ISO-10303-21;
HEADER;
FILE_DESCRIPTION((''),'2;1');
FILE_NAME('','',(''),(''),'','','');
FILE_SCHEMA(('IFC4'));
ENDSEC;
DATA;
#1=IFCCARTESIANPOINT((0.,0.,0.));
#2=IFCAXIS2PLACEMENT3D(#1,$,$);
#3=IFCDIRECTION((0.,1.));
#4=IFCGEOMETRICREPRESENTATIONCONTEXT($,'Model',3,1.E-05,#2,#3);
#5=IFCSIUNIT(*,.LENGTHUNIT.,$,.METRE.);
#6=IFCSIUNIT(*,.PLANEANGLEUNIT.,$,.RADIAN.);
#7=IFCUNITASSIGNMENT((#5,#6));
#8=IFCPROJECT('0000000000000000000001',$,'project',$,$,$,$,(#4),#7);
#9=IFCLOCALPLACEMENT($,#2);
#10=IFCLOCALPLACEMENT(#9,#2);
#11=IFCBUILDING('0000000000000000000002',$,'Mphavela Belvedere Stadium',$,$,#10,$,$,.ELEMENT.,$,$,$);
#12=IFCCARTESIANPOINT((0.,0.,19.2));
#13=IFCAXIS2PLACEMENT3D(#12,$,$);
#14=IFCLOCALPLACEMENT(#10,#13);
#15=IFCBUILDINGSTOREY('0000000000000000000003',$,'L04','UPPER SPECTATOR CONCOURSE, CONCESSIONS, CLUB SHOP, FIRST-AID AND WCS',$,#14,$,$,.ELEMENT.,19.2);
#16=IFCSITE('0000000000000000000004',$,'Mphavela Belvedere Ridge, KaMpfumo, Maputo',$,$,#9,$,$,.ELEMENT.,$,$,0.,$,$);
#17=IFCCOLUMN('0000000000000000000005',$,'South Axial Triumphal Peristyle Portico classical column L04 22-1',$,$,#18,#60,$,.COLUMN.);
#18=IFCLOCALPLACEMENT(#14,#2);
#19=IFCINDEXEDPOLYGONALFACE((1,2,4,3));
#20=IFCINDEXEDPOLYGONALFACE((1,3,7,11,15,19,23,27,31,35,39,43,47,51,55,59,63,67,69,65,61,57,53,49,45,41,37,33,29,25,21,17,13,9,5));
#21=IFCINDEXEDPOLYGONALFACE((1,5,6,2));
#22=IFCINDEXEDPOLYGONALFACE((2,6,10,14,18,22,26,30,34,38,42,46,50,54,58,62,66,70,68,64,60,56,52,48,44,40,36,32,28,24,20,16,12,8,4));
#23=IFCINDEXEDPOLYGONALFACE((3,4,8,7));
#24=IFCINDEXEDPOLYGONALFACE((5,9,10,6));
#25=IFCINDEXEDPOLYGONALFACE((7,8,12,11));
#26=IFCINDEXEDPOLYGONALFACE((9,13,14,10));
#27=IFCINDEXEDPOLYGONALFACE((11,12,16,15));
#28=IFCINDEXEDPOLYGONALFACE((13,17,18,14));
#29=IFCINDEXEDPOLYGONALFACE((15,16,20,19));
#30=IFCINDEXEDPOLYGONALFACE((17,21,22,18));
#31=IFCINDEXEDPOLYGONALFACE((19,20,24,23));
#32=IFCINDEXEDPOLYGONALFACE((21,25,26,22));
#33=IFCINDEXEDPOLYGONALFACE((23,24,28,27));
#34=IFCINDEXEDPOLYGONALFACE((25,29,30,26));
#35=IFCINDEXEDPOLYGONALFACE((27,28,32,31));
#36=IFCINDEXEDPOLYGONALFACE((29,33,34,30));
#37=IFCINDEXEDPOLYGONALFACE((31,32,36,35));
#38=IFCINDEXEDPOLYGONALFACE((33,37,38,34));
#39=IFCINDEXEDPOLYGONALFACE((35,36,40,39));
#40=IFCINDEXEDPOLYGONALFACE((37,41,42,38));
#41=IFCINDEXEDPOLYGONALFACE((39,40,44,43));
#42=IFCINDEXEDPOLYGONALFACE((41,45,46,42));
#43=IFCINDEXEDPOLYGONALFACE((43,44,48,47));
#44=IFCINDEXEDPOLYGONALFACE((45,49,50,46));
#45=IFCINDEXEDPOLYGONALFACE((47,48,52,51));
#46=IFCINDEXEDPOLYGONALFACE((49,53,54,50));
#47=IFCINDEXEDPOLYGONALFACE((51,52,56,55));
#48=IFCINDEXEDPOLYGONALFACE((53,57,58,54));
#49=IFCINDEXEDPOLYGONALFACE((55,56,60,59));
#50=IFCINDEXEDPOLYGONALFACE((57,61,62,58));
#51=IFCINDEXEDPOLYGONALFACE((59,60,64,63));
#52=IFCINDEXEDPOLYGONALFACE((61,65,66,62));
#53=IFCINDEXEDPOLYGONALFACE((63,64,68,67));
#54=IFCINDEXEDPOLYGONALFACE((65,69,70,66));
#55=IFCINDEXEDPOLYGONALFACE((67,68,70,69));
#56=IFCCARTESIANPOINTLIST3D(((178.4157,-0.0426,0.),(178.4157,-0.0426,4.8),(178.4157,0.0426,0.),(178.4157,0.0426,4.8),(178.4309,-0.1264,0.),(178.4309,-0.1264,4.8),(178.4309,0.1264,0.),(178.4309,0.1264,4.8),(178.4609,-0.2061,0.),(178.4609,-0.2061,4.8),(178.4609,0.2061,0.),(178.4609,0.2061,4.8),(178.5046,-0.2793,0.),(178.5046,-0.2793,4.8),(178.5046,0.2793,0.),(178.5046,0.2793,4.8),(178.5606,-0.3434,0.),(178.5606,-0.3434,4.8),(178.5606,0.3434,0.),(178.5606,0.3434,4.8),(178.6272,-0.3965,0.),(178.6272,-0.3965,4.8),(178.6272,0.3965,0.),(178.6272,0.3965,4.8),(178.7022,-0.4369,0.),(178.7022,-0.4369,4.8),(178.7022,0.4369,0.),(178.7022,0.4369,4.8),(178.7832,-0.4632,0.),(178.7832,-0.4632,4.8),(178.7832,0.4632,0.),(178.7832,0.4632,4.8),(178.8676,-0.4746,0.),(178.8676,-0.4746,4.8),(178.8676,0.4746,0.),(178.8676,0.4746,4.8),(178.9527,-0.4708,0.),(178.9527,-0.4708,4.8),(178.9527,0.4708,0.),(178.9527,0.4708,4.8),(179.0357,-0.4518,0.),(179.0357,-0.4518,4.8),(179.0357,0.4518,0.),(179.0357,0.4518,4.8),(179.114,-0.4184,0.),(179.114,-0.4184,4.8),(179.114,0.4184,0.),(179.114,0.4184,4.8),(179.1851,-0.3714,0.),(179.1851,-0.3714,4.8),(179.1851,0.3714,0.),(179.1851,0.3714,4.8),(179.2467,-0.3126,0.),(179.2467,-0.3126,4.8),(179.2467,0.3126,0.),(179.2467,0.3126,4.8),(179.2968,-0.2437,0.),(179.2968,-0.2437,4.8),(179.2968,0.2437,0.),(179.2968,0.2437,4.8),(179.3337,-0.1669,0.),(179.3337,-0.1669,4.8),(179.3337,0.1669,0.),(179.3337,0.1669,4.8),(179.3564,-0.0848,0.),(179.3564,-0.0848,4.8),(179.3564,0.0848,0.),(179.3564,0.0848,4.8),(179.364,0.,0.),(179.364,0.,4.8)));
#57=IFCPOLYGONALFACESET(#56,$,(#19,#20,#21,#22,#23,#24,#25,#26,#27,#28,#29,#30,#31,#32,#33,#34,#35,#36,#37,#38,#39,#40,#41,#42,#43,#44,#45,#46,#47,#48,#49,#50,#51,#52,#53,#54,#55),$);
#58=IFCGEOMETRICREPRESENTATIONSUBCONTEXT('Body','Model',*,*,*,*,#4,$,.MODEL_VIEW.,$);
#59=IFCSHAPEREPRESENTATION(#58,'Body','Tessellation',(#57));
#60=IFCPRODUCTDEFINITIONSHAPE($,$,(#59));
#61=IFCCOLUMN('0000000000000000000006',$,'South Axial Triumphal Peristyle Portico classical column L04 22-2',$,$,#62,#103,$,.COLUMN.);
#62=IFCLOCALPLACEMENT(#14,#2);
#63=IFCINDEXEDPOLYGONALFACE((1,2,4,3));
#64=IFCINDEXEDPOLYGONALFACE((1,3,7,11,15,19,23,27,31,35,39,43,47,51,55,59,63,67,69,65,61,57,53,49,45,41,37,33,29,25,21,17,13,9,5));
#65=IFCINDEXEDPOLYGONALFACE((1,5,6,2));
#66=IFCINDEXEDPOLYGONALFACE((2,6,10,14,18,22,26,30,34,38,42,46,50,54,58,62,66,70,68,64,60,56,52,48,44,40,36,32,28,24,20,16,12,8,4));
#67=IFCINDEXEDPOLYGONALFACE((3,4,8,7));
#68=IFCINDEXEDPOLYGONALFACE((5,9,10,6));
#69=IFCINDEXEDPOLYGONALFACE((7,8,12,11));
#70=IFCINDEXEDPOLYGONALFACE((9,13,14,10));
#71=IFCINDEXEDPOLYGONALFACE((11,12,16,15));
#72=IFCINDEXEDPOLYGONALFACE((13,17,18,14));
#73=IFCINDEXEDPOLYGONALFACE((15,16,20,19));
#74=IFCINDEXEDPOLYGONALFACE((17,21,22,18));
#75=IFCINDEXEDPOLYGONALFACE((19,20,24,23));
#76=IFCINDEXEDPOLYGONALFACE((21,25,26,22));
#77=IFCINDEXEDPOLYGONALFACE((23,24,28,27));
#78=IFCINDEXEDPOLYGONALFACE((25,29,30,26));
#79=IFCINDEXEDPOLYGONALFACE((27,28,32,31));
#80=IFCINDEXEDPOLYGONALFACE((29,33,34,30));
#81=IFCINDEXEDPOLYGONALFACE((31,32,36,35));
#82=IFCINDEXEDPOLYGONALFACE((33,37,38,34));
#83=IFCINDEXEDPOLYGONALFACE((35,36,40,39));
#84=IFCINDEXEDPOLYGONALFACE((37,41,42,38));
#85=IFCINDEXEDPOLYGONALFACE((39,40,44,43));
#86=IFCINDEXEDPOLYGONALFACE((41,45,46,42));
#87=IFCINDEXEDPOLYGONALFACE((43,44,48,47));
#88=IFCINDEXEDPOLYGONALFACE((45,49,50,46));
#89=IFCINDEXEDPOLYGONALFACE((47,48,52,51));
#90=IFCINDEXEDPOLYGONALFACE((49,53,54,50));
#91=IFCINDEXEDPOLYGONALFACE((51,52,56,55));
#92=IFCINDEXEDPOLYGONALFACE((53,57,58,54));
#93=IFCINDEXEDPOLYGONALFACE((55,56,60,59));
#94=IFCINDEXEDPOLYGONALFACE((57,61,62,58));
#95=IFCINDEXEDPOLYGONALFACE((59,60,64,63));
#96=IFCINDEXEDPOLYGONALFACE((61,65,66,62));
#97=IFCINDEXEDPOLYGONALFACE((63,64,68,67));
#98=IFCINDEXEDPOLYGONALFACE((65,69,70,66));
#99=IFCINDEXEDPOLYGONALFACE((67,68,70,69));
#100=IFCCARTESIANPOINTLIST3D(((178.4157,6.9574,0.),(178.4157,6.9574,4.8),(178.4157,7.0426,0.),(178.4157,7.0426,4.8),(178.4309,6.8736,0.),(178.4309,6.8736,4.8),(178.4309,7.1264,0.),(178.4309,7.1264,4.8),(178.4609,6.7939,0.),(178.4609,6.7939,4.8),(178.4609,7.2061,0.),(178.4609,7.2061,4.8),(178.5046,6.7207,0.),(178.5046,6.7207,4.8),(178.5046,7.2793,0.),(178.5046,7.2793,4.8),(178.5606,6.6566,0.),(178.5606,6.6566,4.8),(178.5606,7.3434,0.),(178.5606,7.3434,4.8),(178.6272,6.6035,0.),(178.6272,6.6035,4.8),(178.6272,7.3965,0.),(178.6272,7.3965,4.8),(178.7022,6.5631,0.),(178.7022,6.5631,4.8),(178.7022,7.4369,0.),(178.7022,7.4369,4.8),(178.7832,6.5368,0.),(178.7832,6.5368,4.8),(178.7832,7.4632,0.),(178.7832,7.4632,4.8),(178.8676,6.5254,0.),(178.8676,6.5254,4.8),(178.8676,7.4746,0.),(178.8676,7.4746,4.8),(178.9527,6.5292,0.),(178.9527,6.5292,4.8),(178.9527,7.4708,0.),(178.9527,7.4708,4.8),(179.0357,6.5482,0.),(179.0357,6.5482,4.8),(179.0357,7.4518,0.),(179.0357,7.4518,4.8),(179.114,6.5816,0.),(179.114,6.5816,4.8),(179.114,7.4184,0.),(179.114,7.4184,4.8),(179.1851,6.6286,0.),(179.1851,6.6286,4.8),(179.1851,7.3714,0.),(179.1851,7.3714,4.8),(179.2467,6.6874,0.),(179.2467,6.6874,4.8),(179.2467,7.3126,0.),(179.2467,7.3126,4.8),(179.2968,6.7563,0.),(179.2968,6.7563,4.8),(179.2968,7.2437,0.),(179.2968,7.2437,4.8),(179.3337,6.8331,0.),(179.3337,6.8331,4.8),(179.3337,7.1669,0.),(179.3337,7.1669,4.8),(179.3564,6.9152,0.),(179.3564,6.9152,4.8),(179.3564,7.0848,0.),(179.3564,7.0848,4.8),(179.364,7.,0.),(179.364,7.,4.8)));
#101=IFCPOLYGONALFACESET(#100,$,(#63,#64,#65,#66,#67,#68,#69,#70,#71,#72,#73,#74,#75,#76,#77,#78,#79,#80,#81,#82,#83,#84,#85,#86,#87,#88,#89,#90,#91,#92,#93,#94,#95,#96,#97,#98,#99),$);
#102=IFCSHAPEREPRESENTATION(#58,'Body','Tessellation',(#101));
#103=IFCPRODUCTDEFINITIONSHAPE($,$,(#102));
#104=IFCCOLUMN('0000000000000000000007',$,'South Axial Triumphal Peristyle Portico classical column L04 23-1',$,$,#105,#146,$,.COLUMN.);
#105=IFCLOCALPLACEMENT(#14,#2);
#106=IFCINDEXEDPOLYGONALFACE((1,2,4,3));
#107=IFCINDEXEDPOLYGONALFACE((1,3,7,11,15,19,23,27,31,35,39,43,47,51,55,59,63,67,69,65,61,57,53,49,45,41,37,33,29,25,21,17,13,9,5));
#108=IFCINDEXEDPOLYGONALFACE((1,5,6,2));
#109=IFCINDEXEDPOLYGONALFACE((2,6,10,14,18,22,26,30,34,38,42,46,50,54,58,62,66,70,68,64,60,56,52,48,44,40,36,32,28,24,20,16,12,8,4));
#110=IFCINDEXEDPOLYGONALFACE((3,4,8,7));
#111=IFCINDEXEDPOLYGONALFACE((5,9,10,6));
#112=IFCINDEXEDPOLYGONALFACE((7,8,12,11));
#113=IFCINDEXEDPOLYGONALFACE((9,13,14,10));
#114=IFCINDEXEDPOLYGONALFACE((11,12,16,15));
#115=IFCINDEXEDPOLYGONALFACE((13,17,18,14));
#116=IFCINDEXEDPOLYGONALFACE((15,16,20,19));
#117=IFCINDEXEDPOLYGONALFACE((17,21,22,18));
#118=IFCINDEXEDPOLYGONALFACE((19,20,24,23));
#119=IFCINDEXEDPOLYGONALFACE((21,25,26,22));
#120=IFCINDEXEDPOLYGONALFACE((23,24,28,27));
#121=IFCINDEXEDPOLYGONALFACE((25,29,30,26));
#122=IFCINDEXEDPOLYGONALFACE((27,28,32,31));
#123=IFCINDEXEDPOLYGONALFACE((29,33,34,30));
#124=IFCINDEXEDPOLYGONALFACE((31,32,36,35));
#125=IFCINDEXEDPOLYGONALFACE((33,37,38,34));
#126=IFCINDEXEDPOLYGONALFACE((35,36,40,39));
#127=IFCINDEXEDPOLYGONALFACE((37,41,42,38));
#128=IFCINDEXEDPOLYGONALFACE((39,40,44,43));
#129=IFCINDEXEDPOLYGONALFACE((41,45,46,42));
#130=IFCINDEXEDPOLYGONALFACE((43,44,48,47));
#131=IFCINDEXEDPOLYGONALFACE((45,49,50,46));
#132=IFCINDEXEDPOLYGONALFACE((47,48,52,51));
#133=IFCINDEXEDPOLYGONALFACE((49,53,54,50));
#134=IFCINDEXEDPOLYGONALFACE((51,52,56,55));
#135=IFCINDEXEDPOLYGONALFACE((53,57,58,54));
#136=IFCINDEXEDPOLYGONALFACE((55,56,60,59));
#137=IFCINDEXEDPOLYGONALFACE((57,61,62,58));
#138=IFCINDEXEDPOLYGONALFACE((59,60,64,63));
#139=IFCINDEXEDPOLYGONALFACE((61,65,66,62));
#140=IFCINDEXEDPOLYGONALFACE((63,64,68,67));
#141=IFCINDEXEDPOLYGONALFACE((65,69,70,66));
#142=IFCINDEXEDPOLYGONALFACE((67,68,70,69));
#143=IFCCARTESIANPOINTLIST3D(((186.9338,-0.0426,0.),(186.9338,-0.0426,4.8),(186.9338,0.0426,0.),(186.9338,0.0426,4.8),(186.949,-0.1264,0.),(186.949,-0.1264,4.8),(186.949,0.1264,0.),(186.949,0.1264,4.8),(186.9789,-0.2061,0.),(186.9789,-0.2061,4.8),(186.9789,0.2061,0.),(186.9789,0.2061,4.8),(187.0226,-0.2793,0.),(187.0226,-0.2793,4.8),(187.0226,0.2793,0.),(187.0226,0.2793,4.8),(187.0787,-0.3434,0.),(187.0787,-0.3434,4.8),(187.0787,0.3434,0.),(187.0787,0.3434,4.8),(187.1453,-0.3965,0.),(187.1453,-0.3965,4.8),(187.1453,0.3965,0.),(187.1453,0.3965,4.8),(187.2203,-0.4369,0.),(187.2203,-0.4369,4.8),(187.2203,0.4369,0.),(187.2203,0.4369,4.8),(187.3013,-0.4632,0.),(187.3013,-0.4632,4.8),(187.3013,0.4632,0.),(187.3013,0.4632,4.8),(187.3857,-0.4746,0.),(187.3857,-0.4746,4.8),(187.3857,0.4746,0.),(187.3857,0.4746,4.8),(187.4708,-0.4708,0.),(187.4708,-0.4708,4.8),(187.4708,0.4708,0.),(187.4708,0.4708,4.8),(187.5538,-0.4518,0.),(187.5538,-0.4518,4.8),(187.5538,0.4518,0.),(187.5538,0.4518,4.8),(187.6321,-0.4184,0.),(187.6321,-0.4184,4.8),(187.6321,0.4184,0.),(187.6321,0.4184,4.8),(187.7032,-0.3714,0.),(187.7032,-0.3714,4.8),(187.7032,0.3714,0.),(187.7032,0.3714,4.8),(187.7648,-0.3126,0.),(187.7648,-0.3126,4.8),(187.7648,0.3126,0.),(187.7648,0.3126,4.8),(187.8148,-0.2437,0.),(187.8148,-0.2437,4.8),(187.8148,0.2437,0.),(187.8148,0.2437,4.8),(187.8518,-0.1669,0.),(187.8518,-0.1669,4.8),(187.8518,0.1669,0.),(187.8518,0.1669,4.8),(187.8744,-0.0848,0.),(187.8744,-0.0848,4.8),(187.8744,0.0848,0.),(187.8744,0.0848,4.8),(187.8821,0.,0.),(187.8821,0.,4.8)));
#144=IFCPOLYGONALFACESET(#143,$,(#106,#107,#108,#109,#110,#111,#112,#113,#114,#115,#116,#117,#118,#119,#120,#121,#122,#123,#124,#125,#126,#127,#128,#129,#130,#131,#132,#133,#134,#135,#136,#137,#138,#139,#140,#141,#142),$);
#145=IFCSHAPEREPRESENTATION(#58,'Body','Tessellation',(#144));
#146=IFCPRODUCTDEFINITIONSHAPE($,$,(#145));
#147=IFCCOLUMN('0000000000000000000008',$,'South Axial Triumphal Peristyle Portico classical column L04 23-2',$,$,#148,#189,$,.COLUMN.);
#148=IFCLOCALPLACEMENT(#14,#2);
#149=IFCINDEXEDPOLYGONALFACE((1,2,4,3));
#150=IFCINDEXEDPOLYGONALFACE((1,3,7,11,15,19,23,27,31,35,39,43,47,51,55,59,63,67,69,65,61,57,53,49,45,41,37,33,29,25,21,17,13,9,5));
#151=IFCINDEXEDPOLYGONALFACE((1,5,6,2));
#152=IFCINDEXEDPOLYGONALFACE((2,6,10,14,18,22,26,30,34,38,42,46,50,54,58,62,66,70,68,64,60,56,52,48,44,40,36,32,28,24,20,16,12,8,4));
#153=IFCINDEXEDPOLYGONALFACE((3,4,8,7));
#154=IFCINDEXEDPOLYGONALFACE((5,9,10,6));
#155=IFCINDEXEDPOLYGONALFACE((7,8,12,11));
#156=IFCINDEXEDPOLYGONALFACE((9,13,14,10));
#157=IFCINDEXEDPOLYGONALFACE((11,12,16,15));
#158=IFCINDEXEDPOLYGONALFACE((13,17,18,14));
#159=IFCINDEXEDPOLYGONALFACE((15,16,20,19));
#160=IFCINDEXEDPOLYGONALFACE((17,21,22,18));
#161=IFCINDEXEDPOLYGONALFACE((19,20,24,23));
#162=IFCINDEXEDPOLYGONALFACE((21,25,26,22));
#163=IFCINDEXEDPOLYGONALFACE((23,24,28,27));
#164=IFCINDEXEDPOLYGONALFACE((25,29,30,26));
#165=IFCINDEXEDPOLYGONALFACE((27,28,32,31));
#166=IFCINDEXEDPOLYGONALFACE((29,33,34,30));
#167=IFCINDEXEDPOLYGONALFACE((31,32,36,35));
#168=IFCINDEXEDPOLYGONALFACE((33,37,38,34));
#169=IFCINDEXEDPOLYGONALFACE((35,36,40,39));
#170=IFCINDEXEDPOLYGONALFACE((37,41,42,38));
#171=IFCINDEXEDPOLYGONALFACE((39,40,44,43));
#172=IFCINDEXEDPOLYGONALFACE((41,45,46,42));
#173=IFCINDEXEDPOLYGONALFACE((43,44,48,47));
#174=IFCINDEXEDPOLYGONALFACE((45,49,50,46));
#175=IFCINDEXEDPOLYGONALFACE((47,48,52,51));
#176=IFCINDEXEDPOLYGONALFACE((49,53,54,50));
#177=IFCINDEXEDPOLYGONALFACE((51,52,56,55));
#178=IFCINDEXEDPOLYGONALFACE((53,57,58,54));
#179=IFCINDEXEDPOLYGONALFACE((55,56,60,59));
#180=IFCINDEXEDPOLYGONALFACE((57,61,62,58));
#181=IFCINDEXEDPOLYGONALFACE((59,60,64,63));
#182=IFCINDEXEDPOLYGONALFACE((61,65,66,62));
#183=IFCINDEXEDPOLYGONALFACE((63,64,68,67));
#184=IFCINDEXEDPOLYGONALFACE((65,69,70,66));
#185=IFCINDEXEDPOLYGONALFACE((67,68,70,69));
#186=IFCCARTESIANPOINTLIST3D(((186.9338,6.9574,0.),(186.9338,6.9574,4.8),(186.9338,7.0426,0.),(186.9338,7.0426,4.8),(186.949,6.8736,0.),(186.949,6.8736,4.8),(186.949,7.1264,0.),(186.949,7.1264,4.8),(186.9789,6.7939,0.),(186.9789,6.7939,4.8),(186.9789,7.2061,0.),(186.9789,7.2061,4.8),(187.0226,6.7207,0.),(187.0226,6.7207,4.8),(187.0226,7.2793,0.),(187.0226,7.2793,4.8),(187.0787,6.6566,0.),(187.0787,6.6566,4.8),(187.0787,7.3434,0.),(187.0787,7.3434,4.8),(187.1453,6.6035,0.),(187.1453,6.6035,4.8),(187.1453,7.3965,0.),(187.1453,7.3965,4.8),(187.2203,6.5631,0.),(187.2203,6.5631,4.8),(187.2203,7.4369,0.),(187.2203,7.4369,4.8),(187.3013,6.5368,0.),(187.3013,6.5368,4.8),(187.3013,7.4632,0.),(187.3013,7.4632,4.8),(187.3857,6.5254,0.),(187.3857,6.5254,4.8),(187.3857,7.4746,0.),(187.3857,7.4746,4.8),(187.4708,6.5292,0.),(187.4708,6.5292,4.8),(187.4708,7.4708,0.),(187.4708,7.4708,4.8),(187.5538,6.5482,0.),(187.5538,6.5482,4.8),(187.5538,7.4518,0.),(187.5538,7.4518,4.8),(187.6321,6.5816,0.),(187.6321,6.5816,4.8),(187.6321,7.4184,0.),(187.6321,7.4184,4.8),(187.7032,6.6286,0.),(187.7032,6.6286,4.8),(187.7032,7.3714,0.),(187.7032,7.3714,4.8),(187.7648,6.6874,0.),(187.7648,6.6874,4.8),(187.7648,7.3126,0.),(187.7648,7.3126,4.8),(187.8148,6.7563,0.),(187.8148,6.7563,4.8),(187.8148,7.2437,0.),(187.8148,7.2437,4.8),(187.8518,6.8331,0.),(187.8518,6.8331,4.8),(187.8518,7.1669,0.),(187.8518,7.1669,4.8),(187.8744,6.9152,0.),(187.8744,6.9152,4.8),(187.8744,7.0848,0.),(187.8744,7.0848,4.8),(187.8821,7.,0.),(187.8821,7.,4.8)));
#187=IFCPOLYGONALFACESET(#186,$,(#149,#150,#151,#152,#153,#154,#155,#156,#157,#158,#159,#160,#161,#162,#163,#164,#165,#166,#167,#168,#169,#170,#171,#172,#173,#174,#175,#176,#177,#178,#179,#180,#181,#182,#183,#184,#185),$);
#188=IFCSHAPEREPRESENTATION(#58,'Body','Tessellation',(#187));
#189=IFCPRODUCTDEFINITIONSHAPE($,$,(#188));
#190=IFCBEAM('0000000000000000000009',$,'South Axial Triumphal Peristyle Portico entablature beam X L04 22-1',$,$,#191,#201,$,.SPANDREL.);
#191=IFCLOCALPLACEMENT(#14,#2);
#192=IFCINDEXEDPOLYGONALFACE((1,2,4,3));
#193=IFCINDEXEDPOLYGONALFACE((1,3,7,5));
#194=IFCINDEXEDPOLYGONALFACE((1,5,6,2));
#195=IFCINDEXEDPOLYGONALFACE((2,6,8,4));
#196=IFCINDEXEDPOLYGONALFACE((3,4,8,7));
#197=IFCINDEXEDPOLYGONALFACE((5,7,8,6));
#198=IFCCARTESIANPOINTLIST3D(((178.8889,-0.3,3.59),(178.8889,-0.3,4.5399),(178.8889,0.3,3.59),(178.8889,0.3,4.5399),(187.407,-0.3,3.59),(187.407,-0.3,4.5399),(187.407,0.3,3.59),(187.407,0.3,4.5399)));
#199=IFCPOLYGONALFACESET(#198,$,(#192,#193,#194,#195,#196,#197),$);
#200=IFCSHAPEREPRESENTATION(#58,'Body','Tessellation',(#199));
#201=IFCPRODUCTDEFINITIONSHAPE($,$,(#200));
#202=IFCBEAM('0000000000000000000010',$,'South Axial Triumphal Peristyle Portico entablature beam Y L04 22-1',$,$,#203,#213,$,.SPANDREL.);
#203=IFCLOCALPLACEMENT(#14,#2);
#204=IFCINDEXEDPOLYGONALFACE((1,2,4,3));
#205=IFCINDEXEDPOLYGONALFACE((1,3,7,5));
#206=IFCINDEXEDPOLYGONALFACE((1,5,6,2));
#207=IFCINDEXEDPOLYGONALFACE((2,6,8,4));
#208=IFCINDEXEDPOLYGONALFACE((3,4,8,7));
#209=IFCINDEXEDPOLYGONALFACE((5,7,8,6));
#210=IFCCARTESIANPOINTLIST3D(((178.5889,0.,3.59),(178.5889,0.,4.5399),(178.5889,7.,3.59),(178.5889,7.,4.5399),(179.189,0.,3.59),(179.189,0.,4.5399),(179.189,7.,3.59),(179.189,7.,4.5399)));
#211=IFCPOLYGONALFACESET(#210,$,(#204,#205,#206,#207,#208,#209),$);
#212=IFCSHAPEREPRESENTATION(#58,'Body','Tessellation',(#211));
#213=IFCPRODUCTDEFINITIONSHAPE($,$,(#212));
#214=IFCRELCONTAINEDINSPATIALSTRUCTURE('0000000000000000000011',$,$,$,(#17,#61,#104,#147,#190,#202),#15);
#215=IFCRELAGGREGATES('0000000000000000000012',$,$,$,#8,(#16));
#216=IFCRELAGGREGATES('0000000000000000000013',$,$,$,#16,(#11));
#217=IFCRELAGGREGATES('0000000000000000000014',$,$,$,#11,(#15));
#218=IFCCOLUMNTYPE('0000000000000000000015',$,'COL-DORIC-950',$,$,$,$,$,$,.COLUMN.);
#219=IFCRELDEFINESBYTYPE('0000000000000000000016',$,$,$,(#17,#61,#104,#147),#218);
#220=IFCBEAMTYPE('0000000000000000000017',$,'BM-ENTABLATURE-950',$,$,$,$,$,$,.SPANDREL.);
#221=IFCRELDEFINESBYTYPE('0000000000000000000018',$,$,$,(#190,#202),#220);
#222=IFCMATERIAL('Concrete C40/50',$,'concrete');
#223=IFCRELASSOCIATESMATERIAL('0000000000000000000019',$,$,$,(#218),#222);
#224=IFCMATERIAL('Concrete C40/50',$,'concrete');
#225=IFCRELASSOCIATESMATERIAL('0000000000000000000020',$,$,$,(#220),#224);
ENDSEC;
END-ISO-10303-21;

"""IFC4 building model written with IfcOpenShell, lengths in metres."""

from ifc_helpers import new_model, si_unit, direction, frame, origin, origin_2d, place, context, subcontext, project, spatial, rectangle, circle, extrude, material, material_profile, profile_set, type_object, element, save


model = new_model("IFC4")

# Units and contexts
model_context = context("Model", 3, precision=1e-05, world=origin(), true_north=direction((0.0, 1.0)))
body_context = subcontext(model_context, "Body", "Model", "MODEL_VIEW")
ifc_project = project(units=[si_unit("LENGTHUNIT", "METRE"), si_unit("PLANEANGLEUNIT", "RADIAN")], contexts=[model_context])

# Site, building, storey
site_placement = place(None, origin())
site = spatial("IfcSite", under=ifc_project, at=site_placement, Name="Mphavela Belvedere Ridge, KaMpfumo, Maputo", CompositionType="ELEMENT", RefElevation=0.0)
building_placement = place(site_placement, origin())
building = spatial("IfcBuilding", under=site, at=building_placement, Name="Mphavela Belvedere Stadium", CompositionType="ELEMENT")
storey_placement = place(building_placement, frame((0.0, 0.0, 19.2)))
storey = spatial("IfcBuildingStorey", under=building, at=storey_placement, Name="L04", Description="UPPER SPECTATOR CONCOURSE, CONCESSIONS, CLUB SHOP, FIRST-AID AND WCS", CompositionType="ELEMENT", Elevation=19.2)

# Columns
ifc_material_1 = material(Name="Concrete C40/50", Category="concrete")
ifc_material_profile_1 = material_profile(ifc_material_1, circle(Radius=0.4751, at=origin_2d()), Name="COL D950")
ifc_profile_set_1 = profile_set([ifc_material_profile_1], Name="Concrete C40/50")
column_type = type_object("IfcColumnType", Name="COL-DORIC-950", PredefinedType="COLUMN", material=ifc_profile_set_1)
for number, where, z_axis, x_axis, name in (
    (1, (178.8889, 0.0, 0.0), (0.0, 0.0, 1.0), (1.0, 0.0, 0.0), "South Axial Triumphal Peristyle Portico classical column L04 22-1"),
    (2, (178.8889, 7.0, 0.0), (0.0, 0.0, 1.0), (1.0, 0.0, 0.0), "South Axial Triumphal Peristyle Portico classical column L04 22-2"),
    (3, (187.407, 0.0, 0.0), (0.0, 0.0, 1.0), (1.0, 0.0, 0.0), "South Axial Triumphal Peristyle Portico classical column L04 23-1"),
    (4, (187.407, 7.0, 0.0), (0.0, 0.0, 1.0), (1.0, 0.0, 0.0), "South Axial Triumphal Peristyle Portico classical column L04 23-2"),
):
    element("IfcColumn", number, at=place(storey_placement, frame(where, z_axis=z_axis, x_axis=x_axis)), inside=storey, type_object=column_type, Name=name, PredefinedType="COLUMN", context=body_context, shape_type="SweptSolid", body=[
        extrude(circle(Radius=0.4751, at=origin_2d()), origin(), (0.0, 0.0, 1.0), 4.8),
    ])

# Beams
ifc_material_2 = material(Name="Concrete C40/50", Category="concrete")
ifc_material_profile_2 = material_profile(ifc_material_2, rectangle(XDim=0.6001, YDim=0.95, at=origin_2d()), Name="RC 600x950")
ifc_profile_set_2 = profile_set([ifc_material_profile_2], Name="Concrete C40/50")
beam_type_1 = type_object("IfcBeamType", Name="BM-ENTABLATURE-950", PredefinedType="SPANDREL", material=ifc_profile_set_2)
beam_1_placement = place(storey_placement, frame((178.8889, 0.0, 4.0649), z_axis=(1.0, 0.0, 0.0), x_axis=(0.0, 1.0, 0.0)))
element("IfcBeam", 5, at=beam_1_placement, inside=storey, type_object=beam_type_1, Name="South Axial Triumphal Peristyle Portico entablature beam X L04 22-1", PredefinedType="SPANDREL", context=body_context, shape_type="SweptSolid", body=[
    extrude(rectangle(XDim=0.6001, YDim=0.95, at=origin_2d()), origin(), (0.0, 0.0, 1.0), 8.5181),
])
beam_2_placement = place(storey_placement, frame((178.8889, 0.0, 4.0649), z_axis=(0.0, 1.0, 0.0), x_axis=(-1.0, 0.0, 0.0)))
element("IfcBeam", 6, at=beam_2_placement, inside=storey, type_object=beam_type_1, Name="South Axial Triumphal Peristyle Portico entablature beam Y L04 22-1", PredefinedType="SPANDREL", context=body_context, shape_type="SweptSolid", body=[
    extrude(rectangle(XDim=0.6001, YDim=0.95, at=origin_2d()), origin(), (0.0, 0.0, 1.0), 7.0),
])

save(model, "model.ifc")
